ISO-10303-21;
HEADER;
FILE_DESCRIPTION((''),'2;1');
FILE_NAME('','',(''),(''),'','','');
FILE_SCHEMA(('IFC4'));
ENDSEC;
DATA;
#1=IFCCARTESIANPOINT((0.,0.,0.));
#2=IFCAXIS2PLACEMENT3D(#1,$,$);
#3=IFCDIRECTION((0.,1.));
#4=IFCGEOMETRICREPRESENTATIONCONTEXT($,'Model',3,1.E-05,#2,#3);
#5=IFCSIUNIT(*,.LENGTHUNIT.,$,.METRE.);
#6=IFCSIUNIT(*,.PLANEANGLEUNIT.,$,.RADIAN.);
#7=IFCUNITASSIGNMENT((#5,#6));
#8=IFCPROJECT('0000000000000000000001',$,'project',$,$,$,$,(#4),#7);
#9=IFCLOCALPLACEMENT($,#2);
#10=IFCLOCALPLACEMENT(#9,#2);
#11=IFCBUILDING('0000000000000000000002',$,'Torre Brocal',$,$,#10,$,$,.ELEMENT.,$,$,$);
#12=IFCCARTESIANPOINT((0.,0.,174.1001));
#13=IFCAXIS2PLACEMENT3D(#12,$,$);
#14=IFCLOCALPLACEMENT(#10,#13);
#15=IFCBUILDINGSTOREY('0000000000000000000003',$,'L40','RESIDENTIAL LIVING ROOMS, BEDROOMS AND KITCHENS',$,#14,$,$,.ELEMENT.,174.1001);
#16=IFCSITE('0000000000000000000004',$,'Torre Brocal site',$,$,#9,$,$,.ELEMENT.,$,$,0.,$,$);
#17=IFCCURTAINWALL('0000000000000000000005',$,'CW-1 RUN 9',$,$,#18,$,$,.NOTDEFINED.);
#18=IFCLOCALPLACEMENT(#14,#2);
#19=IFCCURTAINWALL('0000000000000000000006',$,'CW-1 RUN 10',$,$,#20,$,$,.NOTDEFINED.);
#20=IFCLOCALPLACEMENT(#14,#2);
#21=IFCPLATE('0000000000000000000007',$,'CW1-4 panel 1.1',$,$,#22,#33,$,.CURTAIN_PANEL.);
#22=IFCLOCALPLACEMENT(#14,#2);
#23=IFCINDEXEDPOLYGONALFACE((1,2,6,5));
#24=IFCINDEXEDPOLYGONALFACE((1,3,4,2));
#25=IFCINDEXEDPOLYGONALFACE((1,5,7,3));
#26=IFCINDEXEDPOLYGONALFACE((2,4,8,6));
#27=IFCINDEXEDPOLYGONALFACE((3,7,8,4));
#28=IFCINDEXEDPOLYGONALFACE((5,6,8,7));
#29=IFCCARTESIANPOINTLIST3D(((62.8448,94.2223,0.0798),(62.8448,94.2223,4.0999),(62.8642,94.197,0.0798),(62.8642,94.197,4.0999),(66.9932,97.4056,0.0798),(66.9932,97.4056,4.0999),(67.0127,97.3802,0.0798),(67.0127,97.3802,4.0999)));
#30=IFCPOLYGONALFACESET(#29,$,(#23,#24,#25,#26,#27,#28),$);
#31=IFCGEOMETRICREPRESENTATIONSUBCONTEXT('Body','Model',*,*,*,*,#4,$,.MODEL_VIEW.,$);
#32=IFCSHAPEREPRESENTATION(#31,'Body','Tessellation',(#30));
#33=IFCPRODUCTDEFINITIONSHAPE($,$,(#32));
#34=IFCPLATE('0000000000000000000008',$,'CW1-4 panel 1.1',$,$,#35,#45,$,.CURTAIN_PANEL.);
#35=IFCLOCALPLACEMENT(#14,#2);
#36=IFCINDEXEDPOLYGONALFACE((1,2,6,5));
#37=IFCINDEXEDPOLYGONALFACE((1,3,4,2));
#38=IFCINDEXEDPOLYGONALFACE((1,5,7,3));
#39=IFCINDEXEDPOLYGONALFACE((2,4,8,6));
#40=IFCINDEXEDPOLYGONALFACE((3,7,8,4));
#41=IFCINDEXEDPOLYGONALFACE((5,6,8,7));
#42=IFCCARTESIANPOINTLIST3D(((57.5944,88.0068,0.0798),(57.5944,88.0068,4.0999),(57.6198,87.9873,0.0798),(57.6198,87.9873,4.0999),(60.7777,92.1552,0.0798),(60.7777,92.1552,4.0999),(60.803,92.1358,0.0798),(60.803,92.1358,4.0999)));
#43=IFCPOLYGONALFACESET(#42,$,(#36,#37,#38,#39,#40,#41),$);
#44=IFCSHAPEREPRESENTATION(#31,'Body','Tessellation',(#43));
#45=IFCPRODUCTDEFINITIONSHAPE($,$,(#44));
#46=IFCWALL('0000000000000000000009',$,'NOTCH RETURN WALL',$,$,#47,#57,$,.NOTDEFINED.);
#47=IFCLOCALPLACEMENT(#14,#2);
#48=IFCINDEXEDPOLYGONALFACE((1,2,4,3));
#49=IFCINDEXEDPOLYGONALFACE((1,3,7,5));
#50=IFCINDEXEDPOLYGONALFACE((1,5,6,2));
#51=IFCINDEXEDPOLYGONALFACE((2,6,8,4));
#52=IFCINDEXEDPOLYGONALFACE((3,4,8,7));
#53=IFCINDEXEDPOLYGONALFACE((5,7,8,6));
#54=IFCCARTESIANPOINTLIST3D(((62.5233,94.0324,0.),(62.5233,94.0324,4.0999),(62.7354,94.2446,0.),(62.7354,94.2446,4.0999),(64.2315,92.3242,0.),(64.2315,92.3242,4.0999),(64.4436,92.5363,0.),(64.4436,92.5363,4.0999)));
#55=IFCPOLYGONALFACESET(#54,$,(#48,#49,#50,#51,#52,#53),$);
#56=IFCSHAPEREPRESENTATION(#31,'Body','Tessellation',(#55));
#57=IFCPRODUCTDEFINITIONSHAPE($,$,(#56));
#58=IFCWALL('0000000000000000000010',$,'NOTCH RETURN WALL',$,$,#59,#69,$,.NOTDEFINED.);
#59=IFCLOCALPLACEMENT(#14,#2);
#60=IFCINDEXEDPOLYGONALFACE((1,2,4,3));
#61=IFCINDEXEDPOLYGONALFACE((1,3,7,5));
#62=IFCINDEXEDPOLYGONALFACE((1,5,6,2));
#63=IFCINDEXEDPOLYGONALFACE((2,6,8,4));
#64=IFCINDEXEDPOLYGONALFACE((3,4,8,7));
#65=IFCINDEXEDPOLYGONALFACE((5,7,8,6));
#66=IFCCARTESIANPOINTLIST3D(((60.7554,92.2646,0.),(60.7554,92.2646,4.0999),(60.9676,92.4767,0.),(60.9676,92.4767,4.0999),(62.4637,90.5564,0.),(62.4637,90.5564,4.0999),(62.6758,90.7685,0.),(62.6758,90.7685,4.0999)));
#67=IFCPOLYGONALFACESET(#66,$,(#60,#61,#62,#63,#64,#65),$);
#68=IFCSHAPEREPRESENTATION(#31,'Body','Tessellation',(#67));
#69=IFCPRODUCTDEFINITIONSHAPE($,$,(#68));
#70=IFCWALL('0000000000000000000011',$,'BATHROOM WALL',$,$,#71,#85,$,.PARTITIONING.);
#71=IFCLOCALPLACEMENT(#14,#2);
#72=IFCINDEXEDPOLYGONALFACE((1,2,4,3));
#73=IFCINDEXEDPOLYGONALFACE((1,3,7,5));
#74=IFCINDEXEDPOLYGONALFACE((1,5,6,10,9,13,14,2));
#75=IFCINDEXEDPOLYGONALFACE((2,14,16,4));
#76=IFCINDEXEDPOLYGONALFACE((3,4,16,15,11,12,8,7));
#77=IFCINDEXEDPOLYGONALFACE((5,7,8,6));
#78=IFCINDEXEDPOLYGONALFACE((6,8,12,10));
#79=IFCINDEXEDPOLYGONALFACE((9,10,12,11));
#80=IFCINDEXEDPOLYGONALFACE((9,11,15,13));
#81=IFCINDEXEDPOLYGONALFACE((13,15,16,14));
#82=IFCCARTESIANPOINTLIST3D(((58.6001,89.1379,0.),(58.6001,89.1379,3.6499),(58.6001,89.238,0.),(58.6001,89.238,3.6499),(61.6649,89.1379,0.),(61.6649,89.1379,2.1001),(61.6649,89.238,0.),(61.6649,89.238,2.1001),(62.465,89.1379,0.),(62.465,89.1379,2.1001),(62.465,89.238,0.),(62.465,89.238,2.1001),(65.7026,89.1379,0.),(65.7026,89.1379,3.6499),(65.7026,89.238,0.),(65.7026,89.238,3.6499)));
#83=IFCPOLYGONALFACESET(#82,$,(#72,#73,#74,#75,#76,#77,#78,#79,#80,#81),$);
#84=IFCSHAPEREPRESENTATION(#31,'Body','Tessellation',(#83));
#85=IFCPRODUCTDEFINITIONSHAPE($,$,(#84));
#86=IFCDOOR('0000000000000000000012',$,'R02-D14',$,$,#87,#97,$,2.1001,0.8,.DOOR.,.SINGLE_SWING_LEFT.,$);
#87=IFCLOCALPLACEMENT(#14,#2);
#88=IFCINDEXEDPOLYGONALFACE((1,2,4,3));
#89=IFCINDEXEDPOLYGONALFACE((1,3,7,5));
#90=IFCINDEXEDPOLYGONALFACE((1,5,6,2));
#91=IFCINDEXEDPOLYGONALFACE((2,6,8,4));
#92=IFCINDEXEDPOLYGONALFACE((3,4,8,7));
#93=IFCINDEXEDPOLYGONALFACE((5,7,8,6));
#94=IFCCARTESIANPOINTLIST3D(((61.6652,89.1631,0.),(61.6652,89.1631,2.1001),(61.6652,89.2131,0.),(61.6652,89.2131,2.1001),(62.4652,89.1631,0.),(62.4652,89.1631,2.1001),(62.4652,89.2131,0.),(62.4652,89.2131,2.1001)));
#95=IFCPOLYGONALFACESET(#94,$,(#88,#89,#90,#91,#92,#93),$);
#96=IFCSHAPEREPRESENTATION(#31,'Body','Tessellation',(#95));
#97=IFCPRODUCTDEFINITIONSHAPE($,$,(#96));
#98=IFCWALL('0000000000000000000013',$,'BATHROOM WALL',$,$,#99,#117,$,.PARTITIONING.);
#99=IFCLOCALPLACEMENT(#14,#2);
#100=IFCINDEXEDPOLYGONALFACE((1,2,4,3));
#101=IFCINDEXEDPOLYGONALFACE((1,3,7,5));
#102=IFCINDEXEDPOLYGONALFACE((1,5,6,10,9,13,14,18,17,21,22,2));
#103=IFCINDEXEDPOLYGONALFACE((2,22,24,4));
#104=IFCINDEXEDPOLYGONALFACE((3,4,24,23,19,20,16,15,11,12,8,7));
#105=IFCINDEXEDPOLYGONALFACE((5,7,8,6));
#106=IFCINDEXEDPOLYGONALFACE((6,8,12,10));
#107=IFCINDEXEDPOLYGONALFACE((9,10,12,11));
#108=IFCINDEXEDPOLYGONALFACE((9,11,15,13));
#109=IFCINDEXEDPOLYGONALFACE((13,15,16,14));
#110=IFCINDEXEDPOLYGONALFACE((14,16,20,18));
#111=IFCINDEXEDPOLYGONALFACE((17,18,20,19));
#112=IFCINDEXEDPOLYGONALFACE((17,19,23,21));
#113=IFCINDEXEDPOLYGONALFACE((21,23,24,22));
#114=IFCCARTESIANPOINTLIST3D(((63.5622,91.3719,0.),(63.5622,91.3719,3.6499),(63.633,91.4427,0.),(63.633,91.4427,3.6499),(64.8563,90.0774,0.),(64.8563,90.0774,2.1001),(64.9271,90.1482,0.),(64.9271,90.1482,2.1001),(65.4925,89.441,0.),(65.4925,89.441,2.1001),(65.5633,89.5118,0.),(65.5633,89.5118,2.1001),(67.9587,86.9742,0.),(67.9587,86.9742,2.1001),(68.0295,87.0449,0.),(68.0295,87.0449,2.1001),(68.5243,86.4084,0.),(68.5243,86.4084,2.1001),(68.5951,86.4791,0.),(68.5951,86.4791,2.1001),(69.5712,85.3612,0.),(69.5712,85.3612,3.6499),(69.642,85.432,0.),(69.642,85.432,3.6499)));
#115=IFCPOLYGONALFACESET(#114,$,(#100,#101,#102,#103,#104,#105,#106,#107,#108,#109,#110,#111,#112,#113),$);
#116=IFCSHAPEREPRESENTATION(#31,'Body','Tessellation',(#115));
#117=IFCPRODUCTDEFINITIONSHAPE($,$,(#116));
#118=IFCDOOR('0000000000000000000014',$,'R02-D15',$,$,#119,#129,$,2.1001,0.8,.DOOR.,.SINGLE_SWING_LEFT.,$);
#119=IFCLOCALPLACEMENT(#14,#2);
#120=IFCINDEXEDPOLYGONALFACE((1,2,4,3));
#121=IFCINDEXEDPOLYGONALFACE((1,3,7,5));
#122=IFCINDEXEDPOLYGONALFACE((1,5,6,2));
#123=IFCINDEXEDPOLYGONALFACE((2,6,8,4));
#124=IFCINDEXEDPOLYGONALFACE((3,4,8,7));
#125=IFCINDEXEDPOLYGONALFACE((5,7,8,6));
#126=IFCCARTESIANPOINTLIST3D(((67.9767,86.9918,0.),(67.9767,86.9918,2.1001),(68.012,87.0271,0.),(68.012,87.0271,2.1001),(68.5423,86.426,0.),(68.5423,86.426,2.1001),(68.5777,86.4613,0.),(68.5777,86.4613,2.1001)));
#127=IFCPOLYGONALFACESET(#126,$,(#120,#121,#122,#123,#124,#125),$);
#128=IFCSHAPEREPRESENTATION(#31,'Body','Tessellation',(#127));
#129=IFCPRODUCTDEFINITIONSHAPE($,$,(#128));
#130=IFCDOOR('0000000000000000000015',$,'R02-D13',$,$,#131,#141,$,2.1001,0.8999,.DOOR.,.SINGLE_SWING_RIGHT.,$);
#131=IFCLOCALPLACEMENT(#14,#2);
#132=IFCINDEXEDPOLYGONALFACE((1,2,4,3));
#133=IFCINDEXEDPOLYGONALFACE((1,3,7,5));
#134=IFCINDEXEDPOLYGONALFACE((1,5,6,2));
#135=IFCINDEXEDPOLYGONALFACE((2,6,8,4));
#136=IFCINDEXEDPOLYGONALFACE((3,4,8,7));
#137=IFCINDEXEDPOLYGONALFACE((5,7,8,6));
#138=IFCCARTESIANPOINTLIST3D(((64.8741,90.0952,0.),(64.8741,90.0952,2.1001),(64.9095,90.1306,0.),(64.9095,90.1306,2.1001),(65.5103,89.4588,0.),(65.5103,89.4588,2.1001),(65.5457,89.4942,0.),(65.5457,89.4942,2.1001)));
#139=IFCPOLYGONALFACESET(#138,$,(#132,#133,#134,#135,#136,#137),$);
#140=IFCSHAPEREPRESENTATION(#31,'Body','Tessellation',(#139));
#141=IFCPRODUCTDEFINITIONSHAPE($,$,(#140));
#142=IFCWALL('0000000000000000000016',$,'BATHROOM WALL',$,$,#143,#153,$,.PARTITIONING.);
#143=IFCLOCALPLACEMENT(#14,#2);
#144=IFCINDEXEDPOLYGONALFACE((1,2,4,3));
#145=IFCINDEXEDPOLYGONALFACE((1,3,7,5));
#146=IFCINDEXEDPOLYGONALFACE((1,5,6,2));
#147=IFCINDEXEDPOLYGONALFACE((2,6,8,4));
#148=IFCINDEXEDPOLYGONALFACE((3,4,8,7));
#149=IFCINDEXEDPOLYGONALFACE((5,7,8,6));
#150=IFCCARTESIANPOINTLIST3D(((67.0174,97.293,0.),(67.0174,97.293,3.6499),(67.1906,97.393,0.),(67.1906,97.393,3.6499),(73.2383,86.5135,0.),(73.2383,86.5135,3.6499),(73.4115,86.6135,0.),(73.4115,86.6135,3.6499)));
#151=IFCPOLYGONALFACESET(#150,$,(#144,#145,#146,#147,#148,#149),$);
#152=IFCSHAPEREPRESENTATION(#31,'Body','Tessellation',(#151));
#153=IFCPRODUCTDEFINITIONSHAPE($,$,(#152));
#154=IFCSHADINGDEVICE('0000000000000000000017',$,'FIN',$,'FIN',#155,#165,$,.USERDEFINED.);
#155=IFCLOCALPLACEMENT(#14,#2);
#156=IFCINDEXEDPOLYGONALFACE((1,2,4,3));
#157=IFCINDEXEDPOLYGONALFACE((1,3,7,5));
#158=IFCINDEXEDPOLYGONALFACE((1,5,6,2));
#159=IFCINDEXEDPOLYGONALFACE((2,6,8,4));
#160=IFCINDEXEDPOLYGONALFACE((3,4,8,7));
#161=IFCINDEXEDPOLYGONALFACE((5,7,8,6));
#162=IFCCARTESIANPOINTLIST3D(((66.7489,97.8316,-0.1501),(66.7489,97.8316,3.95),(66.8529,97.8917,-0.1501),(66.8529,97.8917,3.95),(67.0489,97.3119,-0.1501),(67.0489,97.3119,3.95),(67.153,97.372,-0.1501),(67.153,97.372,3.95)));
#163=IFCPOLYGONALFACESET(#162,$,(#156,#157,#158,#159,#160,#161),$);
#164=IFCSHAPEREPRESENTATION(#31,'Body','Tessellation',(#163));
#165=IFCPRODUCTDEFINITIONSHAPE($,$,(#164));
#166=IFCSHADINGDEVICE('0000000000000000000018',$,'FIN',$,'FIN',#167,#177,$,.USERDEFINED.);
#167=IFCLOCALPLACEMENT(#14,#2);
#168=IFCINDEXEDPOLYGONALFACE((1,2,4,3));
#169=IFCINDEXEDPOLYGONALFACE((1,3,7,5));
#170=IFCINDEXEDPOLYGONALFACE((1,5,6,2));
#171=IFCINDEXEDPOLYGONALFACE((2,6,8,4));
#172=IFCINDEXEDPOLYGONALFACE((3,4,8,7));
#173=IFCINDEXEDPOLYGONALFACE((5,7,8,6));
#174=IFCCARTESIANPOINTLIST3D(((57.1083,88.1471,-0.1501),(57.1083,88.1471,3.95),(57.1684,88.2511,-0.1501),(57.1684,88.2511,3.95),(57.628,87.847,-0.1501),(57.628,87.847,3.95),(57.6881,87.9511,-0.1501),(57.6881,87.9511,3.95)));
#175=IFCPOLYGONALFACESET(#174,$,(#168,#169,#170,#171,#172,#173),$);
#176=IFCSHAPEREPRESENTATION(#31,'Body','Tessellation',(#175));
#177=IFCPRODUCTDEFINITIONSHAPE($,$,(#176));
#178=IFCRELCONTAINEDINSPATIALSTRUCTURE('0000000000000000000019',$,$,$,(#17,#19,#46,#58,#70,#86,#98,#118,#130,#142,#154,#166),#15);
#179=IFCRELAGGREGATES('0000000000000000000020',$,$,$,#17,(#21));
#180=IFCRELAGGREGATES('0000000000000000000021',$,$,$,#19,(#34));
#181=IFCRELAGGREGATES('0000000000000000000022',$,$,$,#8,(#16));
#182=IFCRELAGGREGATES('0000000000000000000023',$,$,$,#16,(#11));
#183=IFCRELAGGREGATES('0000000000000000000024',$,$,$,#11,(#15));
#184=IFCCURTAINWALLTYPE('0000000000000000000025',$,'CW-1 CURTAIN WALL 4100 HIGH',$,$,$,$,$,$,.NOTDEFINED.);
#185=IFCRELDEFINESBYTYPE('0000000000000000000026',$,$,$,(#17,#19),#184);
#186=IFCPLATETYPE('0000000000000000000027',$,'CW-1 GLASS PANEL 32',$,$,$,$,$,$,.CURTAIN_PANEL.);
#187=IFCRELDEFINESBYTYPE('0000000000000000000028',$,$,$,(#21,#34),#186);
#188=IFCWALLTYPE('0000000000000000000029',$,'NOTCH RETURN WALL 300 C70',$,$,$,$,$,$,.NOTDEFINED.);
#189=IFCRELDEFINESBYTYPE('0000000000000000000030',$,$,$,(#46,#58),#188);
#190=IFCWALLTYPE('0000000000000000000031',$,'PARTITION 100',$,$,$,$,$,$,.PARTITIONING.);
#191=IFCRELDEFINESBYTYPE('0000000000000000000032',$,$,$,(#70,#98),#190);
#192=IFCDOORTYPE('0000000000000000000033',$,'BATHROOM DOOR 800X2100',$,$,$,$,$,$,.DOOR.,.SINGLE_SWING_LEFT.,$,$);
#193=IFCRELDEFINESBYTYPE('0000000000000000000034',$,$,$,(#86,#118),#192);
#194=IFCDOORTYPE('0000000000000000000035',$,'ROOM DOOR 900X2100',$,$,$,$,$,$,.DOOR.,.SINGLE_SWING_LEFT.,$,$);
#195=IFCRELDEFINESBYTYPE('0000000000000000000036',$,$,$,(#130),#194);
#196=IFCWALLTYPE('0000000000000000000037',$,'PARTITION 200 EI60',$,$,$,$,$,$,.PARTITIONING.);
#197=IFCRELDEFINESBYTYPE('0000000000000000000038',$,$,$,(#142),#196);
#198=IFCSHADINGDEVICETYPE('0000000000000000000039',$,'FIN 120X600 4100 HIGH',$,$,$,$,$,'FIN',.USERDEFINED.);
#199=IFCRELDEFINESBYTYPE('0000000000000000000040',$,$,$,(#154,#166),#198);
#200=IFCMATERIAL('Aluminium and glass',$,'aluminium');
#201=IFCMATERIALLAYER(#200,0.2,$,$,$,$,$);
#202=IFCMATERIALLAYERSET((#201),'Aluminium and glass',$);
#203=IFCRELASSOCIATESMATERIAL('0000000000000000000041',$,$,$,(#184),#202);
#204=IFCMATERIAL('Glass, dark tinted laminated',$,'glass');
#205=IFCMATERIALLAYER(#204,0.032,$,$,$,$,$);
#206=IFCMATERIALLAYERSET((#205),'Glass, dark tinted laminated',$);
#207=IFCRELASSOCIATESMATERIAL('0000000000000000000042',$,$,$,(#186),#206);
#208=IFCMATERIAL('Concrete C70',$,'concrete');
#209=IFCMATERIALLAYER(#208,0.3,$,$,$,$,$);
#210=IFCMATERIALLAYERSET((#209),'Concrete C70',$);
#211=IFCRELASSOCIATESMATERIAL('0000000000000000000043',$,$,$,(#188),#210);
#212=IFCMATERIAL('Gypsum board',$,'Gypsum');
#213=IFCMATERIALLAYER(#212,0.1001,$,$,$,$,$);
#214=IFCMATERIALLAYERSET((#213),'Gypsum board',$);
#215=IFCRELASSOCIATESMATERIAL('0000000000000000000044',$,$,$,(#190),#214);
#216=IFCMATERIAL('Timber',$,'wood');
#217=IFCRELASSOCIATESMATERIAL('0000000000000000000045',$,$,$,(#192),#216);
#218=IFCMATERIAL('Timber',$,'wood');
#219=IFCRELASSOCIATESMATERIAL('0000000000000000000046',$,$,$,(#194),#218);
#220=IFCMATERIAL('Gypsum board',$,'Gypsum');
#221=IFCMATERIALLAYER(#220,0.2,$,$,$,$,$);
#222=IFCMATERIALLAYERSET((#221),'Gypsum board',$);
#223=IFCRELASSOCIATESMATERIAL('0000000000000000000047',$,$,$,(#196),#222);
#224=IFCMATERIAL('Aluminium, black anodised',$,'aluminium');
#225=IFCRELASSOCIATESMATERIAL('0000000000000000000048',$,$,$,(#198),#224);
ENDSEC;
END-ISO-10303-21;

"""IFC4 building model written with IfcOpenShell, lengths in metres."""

from ifc_helpers import new_model, si_unit, direction, frame, frame_2d, origin, origin_2d, place, context, subcontext, project, spatial, rectangle, extrude, material, layer, layer_set, material_profile, profile_set, type_object, element, fill, aggregate, save


model = new_model("IFC4")

# Units and contexts
model_context = context("Model", 3, precision=1e-05, world=origin(), true_north=direction((0.0, 1.0)))
body_context = subcontext(model_context, "Body", "Model", "MODEL_VIEW")
ifc_project = project(units=[si_unit("LENGTHUNIT", "METRE"), si_unit("PLANEANGLEUNIT", "RADIAN")], contexts=[model_context])

# Site, building, storey
site_placement = place(None, origin())
site = spatial("IfcSite", under=ifc_project, at=site_placement, Name="Torre Brocal site", CompositionType="ELEMENT", RefElevation=0.0)
building_placement = place(site_placement, origin())
building = spatial("IfcBuilding", under=site, at=building_placement, Name="Torre Brocal", CompositionType="ELEMENT")
storey_placement = place(building_placement, frame((0.0, 0.0, 174.1001)))
storey = spatial("IfcBuildingStorey", under=building, at=storey_placement, Name="L40", Description="RESIDENTIAL LIVING ROOMS, BEDROOMS AND KITCHENS", CompositionType="ELEMENT", Elevation=174.1001)

# Shared definitions
ifc_material_1 = material(Name="Aluminium and glass", Category="aluminium")
ifc_layer_1 = layer(ifc_material_1, 0.2)
ifc_layer_set_1 = layer_set([ifc_layer_1], Name="Aluminium and glass")
curtain_wall_type = type_object("IfcCurtainWallType", Name="CW-1 CURTAIN WALL 4100 HIGH", PredefinedType="NOTDEFINED", material=ifc_layer_set_1)

# Curtain walls
curtain_wall_1_placement = place(storey_placement, origin())
curtain_wall_1 = element("IfcCurtainWall", 1, at=curtain_wall_1_placement, inside=storey, type_object=curtain_wall_type, Name="CW-1 RUN 9", PredefinedType="NOTDEFINED")
curtain_wall_2_placement = place(storey_placement, origin())
curtain_wall_2 = element("IfcCurtainWall", 2, at=curtain_wall_2_placement, inside=storey, type_object=curtain_wall_type, Name="CW-1 RUN 10", PredefinedType="NOTDEFINED")

# Plates
ifc_material_2 = material(Name="Glass, dark tinted laminated", Category="glass")
ifc_layer_2 = layer(ifc_material_2, 0.032)
ifc_layer_set_2 = layer_set([ifc_layer_2], Name="Glass, dark tinted laminated")
plate_type = type_object("IfcPlateType", Name="CW-1 GLASS PANEL 32", PredefinedType="CURTAIN_PANEL", material=ifc_layer_set_2)
plate_1_placement = place(storey_placement, frame((64.9287, 95.8013, 0.0798), z_axis=(0.0, 0.0, 1.0), x_axis=(-0.793353, -0.608761, 0.0)))
plate_1 = element("IfcPlate", 3, at=plate_1_placement, type_object=plate_type, Name="CW1-4 panel 1.1", PredefinedType="CURTAIN_PANEL", context=body_context, shape_type="SweptSolid", body=[
    extrude(rectangle(XDim=5.229, YDim=0.032, at=origin_2d()), origin(), (0.0, 0.0, 1.0), 4.02),
])
aggregate(curtain_wall_1, [plate_1])
plate_2_placement = place(storey_placement, frame((59.1987, 90.0713, 0.0798), z_axis=(0.0, 0.0, 1.0), x_axis=(-0.608761, -0.793353, 0.0)))
plate_2 = element("IfcPlate", 4, at=plate_2_placement, type_object=plate_type, Name="CW1-4 panel 1.1", PredefinedType="CURTAIN_PANEL", context=body_context, shape_type="SweptSolid", body=[
    extrude(rectangle(XDim=5.229, YDim=0.032, at=origin_2d()), origin(), (0.0, 0.0, 1.0), 4.02),
])
aggregate(curtain_wall_2, [plate_2])

# Walls
ifc_material_3 = material(Name="Concrete C70", Category="concrete")
ifc_layer_3 = layer(ifc_material_3, 0.3)
ifc_layer_set_3 = layer_set([ifc_layer_3], Name="Concrete C70")
wall_type_1 = type_object("IfcWallType", Name="NOTCH RETURN WALL 300 C70", PredefinedType="NOTDEFINED", material=ifc_layer_set_3)
for number, where, z_axis, x_axis, name in (
    (5, (64.3376, 92.4302, 0.0), (0.0, 0.0, 1.0), (-0.707107, 0.707107, 0.0), "NOTCH RETURN WALL"),
    (6, (62.5698, 90.6624, 0.0), (0.0, 0.0, 1.0), (-0.707107, 0.707107, 0.0), "NOTCH RETURN WALL"),
):
    element("IfcWall", number, at=place(storey_placement, frame(where, z_axis=z_axis, x_axis=x_axis)), inside=storey, type_object=wall_type_1, Name=name, PredefinedType="NOTDEFINED", context=body_context, shape_type="SweptSolid", body=[
        extrude(rectangle(XDim=2.4158, YDim=0.3, at=frame_2d((1.208, 0.0))), origin(), (0.0, 0.0, 1.0), 4.0999),
    ])

# Wall, opening, door
ifc_material_4 = material(Name="Gypsum board", Category="Gypsum")
ifc_layer_4 = layer(ifc_material_4, 0.1001)
ifc_layer_set_4 = layer_set([ifc_layer_4], Name="Gypsum board")
wall_type_2 = type_object("IfcWallType", Name="PARTITION 100", PredefinedType="PARTITIONING", material=ifc_layer_set_4)
wall_1_placement = place(storey_placement, frame((58.6001, 89.188, 0.0), z_axis=(0.0, 0.0, 1.0), x_axis=(1.0, 0.0, 0.0)))
wall_1 = element("IfcWall", 7, at=wall_1_placement, inside=storey, type_object=wall_type_2, Name="BATHROOM WALL", PredefinedType="PARTITIONING", context=body_context, shape_type="SweptSolid", body=[
    extrude(rectangle(XDim=7.1025, YDim=0.1001, at=frame_2d((3.5513, 0.0))), origin(), (0.0, 0.0, 1.0), 3.6499),
])
opening_1_placement = place(wall_1_placement, frame((3.0649, 0.0, 0.0)))
opening_1 = element("IfcOpeningElement", 8, at=opening_1_placement, cuts=wall_1, PredefinedType="OPENING", context=body_context, shape_type="SweptSolid", body=[
    extrude(rectangle(XDim=0.8, YDim=2.1001, at=frame_2d((0.3999, 1.05))), frame((0.0, 0.0601, 0.0), z_axis=(0.0, -1.0, 0.0), x_axis=(1.0, 0.0, 0.0)), (0.0, 0.0, 1.0), 0.1201),
])
ifc_material_5 = material(Name="Timber", Category="wood")
door_type_1 = type_object("IfcDoorType", Name="BATHROOM DOOR 800X2100", OperationType="SINGLE_SWING_LEFT", PredefinedType="DOOR", material=ifc_material_5)
door_1_placement = place(opening_1_placement, frame((0.8, 0.0, 0.0), z_axis=(0.0, 0.0, 1.0), x_axis=(-1.0, 0.0, 0.0)))
door_1 = element("IfcDoor", 9, at=door_1_placement, inside=storey, type_object=door_type_1, Name="R02-D14", OperationType="SINGLE_SWING_LEFT", OverallHeight=2.1001, OverallWidth=0.8, PredefinedType="DOOR", context=body_context, shape_type="SweptSolid", body=[
    extrude(rectangle(XDim=0.8, YDim=2.1001, at=frame_2d((0.3999, 1.05))), frame((0.0, 0.0249, 0.0), z_axis=(0.0, -1.0, 0.0), x_axis=(1.0, 0.0, 0.0)), (0.0, 0.0, 1.0), 0.05),
])
fill(opening_1, door_1)

# Wall, openings, doors
wall_2_placement = place(storey_placement, frame((63.5977, 91.4072, 0.0), z_axis=(0.0, 0.0, 1.0), x_axis=(0.707006, -0.707207, 0.0)))
wall_2 = element("IfcWall", 10, at=wall_2_placement, inside=storey, type_object=wall_type_2, Name="BATHROOM WALL", PredefinedType="PARTITIONING", context=body_context, shape_type="SweptSolid", body=[
    extrude(rectangle(XDim=8.4993, YDim=0.1001, at=frame_2d((4.2495, 0.0))), origin(), (0.0, 0.0, 1.0), 3.6499),
])
opening_2_placement = place(wall_2_placement, frame((1.8303, 0.0, 0.0)))
opening_2 = element("IfcOpeningElement", 11, at=opening_2_placement, cuts=wall_2, PredefinedType="OPENING", context=body_context, shape_type="SweptSolid", body=[
    extrude(rectangle(XDim=0.8999, YDim=2.1001, at=frame_2d((0.45, 1.05))), frame((0.0, 0.0601, 0.0), z_axis=(0.0, -1.0, 0.0), x_axis=(1.0, 0.0, 0.0)), (0.0, 0.0, 1.0), 0.1201),
])
opening_3_placement = place(wall_2_placement, frame((6.2185, 0.0, 0.0)))
opening_3 = element("IfcOpeningElement", 12, at=opening_3_placement, cuts=wall_2, PredefinedType="OPENING", context=body_context, shape_type="SweptSolid", body=[
    extrude(rectangle(XDim=0.8, YDim=2.1001, at=frame_2d((0.3999, 1.05))), frame((0.0, 0.0601, 0.0), z_axis=(0.0, -1.0, 0.0), x_axis=(1.0, 0.0, 0.0)), (0.0, 0.0, 1.0), 0.1201),
])
door_2_placement = place(opening_3_placement, frame((0.8, 0.0, 0.0), z_axis=(0.0, 0.0, 1.0), x_axis=(-1.0, 0.0, 0.0)))
door_2 = element("IfcDoor", 13, at=door_2_placement, inside=storey, type_object=door_type_1, Name="R02-D15", OperationType="SINGLE_SWING_LEFT", OverallHeight=2.1001, OverallWidth=0.8, PredefinedType="DOOR", context=body_context, shape_type="SweptSolid", body=[
    extrude(rectangle(XDim=0.8, YDim=2.1001, at=frame_2d((0.3999, 1.05))), frame((0.0, 0.0249, 0.0), z_axis=(0.0, -1.0, 0.0), x_axis=(1.0, 0.0, 0.0)), (0.0, 0.0, 1.0), 0.05),
])
fill(opening_3, door_2)
ifc_material_6 = material(Name="Timber", Category="wood")
door_type_2 = type_object("IfcDoorType", Name="ROOM DOOR 900X2100", OperationType="SINGLE_SWING_LEFT", PredefinedType="DOOR", material=ifc_material_6)
door_3_placement = place(opening_2_placement, frame((0.8999, 0.0, 0.0), z_axis=(0.0, 0.0, 1.0), x_axis=(-1.0, 0.0, 0.0)))
door_3 = element("IfcDoor", 14, at=door_3_placement, inside=storey, type_object=door_type_2, Name="R02-D13", OperationType="SINGLE_SWING_RIGHT", OverallHeight=2.1001, OverallWidth=0.8999, PredefinedType="DOOR", context=body_context, shape_type="SweptSolid", body=[
    extrude(rectangle(XDim=0.8999, YDim=2.1001, at=frame_2d((0.45, 1.05))), frame((0.0, 0.0249, 0.0), z_axis=(0.0, -1.0, 0.0), x_axis=(1.0, 0.0, 0.0)), (0.0, 0.0, 1.0), 0.05),
])
fill(opening_2, door_3)

# Wall
ifc_material_7 = material(Name="Gypsum board", Category="Gypsum")
ifc_layer_5 = layer(ifc_material_7, 0.2)
ifc_layer_set_5 = layer_set([ifc_layer_5], Name="Gypsum board")
wall_type_3 = type_object("IfcWallType", Name="PARTITION 200 EI60", PredefinedType="PARTITIONING", material=ifc_layer_set_5)
wall_3_placement = place(storey_placement, frame((67.104, 97.343, 0.0), z_axis=(0.0, 0.0, 1.0), x_axis=(0.499842, -0.866117, 0.0)))
element("IfcWall", 15, at=wall_3_placement, inside=storey, type_object=wall_type_3, Name="BATHROOM WALL", PredefinedType="PARTITIONING", context=body_context, shape_type="SweptSolid", body=[
    extrude(rectangle(XDim=12.4458, YDim=0.2, at=frame_2d((6.2229, 0.0))), origin(), (0.0, 0.0, 1.0), 3.6499),
])

# Shading devices
ifc_material_8 = material(Name="Aluminium, black anodised", Category="aluminium")
ifc_material_profile_1 = material_profile(ifc_material_8, rectangle(XDim=0.1201, YDim=0.6001, at=origin_2d()), Name="FIN 120X600 4100 HIGH")
ifc_profile_set_1 = profile_set([ifc_material_profile_1], Name="Aluminium, black anodised")
shading_device_type = type_object("IfcShadingDeviceType", Name="FIN 120X600 4100 HIGH", ElementType="FIN", PredefinedType="USERDEFINED", material=ifc_profile_set_1)
for number, where, z_axis, x_axis, name in (
    (16, (66.9509, 97.6018, -0.1501), (0.0, 0.0, 1.0), (-0.866025, -0.5, 0.0), "FIN"),
    (17, (57.3982, 88.0491, -0.1501), (0.0, 0.0, 1.0), (-0.5, -0.866025, 0.0), "FIN"),
):
    element("IfcShadingDevice", number, at=place(storey_placement, frame(where, z_axis=z_axis, x_axis=x_axis)), inside=storey, type_object=shading_device_type, Name=name, ObjectType="FIN", PredefinedType="USERDEFINED", context=body_context, shape_type="SweptSolid", body=[
        extrude(rectangle(XDim=0.1201, YDim=0.6001, at=origin_2d()), origin(), (0.0, 0.0, 1.0), 4.1001),
    ])

save(model, "model.ifc")
